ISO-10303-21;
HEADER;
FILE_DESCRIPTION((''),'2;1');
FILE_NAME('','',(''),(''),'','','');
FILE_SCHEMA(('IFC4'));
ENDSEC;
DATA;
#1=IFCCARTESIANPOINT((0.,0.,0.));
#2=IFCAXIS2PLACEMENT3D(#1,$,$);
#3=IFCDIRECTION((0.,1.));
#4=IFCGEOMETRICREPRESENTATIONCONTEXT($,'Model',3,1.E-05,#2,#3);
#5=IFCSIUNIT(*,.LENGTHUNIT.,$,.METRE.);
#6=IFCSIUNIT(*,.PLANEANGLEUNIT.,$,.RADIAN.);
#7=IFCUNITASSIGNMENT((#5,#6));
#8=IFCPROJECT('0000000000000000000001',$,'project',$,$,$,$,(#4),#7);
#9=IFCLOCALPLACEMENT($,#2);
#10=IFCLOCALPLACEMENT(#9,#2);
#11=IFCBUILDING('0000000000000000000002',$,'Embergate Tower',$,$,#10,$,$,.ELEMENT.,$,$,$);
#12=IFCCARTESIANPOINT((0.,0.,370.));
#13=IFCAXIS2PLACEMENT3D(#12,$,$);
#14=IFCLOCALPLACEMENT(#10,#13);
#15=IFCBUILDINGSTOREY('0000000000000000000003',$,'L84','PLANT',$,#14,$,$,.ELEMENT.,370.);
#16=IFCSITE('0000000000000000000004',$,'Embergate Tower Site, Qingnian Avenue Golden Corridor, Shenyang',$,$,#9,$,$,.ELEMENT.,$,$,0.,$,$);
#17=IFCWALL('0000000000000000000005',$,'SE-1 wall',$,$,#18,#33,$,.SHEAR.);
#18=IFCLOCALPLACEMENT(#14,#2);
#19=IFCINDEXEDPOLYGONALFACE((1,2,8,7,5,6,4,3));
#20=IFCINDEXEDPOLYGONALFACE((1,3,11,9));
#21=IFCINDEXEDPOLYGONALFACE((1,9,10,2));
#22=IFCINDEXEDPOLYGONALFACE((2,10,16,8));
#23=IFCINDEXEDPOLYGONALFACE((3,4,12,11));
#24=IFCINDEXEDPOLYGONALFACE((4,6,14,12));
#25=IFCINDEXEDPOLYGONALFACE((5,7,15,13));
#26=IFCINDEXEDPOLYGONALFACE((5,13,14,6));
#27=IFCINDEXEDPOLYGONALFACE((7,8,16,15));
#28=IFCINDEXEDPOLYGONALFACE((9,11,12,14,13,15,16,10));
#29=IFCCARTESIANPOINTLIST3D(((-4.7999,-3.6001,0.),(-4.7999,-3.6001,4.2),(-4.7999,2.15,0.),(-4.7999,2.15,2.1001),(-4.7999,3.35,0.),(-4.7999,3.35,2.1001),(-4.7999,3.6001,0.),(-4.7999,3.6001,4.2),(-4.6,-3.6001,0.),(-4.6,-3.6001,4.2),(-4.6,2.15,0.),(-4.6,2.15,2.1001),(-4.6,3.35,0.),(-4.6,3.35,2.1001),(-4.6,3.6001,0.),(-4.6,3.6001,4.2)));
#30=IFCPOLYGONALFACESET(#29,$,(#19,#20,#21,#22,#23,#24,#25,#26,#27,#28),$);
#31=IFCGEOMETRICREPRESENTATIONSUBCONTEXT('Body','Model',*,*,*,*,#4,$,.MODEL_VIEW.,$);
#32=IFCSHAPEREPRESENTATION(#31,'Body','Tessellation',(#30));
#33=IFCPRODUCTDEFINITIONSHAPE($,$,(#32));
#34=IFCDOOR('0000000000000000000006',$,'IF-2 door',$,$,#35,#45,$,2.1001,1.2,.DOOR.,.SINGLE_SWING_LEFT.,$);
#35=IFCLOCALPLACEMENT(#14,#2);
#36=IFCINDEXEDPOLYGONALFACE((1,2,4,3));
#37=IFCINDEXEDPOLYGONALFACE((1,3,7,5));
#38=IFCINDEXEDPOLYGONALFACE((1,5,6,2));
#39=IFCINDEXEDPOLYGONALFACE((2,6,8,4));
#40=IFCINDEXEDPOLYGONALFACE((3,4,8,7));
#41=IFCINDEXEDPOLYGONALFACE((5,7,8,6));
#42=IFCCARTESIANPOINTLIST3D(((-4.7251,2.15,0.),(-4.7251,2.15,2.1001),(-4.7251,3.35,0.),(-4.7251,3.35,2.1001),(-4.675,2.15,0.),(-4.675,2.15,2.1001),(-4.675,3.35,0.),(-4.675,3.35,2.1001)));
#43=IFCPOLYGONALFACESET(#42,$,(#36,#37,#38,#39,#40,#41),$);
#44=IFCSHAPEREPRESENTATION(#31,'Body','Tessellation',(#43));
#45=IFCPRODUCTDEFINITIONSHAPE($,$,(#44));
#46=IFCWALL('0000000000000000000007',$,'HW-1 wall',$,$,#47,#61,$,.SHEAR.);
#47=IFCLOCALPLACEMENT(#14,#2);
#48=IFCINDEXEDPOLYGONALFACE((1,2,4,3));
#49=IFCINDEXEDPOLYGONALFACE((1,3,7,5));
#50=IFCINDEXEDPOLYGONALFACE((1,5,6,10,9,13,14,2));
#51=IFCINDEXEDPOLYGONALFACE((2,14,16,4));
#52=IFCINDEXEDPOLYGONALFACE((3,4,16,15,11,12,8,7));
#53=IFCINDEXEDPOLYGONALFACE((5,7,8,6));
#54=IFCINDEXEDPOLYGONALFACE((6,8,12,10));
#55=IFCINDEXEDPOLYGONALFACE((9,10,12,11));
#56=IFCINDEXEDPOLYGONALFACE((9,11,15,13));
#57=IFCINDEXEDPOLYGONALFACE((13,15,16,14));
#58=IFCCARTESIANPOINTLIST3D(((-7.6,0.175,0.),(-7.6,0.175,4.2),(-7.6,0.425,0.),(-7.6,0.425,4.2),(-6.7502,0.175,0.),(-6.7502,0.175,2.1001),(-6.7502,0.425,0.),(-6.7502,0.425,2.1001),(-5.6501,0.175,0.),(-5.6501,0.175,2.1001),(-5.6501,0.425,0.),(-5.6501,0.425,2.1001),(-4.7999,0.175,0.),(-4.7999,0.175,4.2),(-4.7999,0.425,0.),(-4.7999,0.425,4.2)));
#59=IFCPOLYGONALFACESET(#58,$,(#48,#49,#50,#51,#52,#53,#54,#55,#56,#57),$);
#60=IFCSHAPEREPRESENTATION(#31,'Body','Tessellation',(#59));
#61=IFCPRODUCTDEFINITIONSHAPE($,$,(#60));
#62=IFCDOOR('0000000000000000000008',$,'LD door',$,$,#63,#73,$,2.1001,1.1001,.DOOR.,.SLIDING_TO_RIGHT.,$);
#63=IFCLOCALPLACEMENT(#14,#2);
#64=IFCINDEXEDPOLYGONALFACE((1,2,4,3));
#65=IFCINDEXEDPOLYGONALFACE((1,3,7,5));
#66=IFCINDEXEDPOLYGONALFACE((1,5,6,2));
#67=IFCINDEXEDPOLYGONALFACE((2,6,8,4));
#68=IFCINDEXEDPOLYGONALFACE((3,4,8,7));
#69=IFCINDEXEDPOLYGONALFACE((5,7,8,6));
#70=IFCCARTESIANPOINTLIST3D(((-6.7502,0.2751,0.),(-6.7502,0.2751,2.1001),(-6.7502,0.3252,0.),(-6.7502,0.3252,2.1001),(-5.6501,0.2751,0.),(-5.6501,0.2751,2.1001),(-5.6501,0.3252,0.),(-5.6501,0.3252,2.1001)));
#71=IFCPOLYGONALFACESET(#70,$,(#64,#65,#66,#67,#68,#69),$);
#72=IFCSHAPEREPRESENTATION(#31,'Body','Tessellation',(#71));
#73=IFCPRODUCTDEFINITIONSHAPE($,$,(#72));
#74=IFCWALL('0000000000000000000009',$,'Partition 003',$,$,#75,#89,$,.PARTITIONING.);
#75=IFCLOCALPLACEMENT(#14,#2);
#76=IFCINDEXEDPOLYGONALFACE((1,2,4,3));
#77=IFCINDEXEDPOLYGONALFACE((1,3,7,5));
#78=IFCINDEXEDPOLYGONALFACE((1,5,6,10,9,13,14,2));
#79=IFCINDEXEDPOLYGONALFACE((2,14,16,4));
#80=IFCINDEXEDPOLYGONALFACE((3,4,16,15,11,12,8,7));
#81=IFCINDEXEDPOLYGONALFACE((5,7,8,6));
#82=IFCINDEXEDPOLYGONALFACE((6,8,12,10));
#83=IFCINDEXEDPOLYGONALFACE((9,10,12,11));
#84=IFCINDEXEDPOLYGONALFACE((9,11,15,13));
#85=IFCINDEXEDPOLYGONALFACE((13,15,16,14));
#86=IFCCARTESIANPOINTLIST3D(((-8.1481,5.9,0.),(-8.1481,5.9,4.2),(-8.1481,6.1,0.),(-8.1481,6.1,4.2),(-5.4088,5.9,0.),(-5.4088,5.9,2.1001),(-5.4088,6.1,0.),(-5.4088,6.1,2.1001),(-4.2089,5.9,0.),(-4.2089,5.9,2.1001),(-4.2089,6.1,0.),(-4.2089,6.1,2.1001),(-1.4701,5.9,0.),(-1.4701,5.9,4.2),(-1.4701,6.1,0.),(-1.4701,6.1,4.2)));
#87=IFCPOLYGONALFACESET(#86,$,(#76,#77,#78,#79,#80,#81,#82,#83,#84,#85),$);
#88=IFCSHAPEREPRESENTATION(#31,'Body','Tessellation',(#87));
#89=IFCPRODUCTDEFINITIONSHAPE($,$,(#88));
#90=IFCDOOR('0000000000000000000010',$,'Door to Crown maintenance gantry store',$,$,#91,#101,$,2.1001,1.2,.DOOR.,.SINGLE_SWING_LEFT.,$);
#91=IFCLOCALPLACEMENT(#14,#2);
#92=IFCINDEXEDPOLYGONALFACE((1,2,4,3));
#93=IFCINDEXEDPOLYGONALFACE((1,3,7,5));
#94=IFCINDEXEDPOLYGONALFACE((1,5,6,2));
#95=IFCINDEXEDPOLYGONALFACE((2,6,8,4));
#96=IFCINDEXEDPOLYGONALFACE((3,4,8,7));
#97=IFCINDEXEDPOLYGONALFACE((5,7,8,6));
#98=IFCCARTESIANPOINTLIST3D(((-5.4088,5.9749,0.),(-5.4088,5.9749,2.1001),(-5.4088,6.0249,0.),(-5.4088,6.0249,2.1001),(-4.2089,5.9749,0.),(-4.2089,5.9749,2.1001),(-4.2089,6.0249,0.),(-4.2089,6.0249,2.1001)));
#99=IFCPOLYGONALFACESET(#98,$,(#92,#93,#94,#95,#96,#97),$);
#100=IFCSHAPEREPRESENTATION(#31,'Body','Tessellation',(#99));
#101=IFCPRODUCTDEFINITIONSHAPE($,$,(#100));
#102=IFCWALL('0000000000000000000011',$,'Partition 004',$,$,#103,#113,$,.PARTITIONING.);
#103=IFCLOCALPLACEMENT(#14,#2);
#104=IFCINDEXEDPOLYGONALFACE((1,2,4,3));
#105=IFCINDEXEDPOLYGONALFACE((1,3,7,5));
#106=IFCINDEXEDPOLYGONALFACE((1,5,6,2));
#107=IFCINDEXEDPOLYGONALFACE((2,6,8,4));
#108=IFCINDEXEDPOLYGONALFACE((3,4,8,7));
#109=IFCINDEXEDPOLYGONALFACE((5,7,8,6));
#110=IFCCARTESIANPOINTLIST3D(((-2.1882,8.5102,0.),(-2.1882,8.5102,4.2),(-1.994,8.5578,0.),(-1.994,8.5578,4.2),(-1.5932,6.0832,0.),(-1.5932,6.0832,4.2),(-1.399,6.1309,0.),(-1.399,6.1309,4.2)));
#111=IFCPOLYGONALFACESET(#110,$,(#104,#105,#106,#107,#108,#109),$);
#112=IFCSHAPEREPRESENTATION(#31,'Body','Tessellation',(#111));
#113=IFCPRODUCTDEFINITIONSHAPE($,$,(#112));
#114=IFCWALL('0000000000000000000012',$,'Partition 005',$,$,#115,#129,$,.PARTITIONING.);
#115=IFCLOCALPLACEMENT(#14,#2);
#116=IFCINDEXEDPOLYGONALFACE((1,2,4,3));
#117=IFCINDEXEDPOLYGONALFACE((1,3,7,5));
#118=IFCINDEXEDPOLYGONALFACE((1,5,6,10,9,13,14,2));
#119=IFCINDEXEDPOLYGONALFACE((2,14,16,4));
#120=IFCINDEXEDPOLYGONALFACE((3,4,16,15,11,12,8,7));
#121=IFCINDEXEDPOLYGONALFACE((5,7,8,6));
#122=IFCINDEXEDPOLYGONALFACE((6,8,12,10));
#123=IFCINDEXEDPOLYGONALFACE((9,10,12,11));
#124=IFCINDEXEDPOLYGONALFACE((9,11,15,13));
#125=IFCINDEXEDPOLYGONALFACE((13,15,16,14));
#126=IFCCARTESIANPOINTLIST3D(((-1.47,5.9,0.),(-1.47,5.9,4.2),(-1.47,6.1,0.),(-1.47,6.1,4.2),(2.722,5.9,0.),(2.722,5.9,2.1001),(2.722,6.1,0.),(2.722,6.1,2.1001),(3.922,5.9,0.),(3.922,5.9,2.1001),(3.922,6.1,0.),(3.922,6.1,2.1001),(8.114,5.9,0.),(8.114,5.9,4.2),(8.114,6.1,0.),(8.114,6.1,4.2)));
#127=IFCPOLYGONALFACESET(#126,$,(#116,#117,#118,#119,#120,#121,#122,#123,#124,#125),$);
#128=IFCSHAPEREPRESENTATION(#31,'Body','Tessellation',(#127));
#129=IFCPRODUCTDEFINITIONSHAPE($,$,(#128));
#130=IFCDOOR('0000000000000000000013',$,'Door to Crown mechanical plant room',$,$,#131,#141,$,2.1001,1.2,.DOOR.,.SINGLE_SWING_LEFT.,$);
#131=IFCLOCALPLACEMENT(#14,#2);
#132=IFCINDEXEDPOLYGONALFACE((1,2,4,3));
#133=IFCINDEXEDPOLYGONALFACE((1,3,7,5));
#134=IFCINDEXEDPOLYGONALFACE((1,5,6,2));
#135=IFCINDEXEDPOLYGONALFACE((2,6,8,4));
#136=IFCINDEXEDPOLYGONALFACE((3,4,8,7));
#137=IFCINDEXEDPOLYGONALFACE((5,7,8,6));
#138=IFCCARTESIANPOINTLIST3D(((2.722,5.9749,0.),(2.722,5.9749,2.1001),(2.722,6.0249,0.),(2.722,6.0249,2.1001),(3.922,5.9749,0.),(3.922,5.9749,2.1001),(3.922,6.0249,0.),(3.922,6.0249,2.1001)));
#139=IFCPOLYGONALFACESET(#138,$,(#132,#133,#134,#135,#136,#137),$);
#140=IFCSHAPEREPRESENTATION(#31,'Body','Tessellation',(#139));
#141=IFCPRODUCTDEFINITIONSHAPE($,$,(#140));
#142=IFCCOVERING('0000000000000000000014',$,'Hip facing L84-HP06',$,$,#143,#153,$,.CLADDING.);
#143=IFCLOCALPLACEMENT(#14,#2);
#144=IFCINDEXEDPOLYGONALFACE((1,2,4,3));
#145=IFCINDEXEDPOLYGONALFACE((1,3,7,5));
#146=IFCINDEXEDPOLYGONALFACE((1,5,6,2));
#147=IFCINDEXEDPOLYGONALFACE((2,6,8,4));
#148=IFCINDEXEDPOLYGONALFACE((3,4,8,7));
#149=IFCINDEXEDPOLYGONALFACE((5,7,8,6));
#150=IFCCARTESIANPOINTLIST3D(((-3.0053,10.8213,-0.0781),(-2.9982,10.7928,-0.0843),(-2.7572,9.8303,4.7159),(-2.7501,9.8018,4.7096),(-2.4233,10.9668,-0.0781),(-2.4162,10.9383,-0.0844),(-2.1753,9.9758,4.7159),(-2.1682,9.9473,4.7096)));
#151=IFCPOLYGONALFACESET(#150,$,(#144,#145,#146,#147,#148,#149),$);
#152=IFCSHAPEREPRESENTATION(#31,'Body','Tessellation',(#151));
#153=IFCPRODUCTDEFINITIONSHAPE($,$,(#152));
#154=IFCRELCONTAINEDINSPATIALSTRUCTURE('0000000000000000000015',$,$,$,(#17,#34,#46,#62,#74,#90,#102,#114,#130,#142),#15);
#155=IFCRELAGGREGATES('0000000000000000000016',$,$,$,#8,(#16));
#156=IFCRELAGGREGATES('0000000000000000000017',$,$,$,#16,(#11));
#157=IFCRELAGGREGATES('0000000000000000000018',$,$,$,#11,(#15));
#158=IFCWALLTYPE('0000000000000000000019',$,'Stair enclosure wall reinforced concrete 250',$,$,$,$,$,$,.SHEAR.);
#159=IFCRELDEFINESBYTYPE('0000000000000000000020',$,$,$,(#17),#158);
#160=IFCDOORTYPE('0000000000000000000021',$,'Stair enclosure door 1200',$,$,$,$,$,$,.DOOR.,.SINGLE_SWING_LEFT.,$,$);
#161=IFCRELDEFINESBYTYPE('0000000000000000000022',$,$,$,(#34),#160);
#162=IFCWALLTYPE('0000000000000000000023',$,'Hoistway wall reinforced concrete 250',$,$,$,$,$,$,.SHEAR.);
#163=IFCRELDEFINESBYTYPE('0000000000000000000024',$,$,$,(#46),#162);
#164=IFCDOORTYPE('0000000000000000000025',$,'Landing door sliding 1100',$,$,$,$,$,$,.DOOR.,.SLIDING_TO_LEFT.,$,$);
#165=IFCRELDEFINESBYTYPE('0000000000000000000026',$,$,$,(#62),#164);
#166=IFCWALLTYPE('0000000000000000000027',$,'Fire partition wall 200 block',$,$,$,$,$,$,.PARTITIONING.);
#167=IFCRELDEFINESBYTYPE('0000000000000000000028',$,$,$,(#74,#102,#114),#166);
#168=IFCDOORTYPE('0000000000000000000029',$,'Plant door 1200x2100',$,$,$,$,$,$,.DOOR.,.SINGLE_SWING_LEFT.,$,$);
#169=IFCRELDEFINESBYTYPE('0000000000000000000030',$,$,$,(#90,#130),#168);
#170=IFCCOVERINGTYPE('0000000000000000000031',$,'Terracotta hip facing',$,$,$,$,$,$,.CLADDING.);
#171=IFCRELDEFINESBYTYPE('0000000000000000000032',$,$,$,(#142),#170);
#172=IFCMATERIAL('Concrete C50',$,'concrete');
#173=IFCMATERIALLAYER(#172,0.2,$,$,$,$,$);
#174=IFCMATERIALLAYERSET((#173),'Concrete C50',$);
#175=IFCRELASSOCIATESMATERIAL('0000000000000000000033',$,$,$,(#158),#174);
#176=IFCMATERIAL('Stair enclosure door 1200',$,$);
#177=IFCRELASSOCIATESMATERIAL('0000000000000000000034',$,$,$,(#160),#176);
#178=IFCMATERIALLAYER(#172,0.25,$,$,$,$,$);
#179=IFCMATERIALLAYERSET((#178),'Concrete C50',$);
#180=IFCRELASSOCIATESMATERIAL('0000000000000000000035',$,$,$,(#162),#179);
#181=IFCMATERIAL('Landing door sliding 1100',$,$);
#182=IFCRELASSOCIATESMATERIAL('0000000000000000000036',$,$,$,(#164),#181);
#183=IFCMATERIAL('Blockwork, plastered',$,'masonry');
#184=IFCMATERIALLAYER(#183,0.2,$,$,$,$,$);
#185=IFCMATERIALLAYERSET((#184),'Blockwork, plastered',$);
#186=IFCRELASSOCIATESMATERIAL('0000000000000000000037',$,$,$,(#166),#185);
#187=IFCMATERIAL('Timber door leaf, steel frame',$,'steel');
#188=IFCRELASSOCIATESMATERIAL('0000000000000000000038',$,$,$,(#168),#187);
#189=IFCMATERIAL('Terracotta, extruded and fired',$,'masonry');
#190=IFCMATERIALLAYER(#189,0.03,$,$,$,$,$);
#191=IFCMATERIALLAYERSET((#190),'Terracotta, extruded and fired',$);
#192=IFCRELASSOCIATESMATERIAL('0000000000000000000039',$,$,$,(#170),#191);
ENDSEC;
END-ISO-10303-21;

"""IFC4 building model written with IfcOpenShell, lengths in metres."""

from ifc_helpers import new_model, si_unit, direction, frame, frame_2d, origin, place, context, subcontext, project, spatial, polyline, rectangle, outline, extrude, source, transform, mapped, material, layer, layer_set, type_object, element, fill, save


model = new_model("IFC4")

# Units and contexts
model_context = context("Model", 3, precision=1e-05, world=origin(), true_north=direction((0.0, 1.0)))
body_context = subcontext(model_context, "Body", "Model", "MODEL_VIEW")
ifc_project = project(units=[si_unit("LENGTHUNIT", "METRE"), si_unit("PLANEANGLEUNIT", "RADIAN")], contexts=[model_context])

# Site, building, storey
site_placement = place(None, origin())
site = spatial("IfcSite", under=ifc_project, at=site_placement, Name="Embergate Tower Site, Qingnian Avenue Golden Corridor, Shenyang", CompositionType="ELEMENT", RefElevation=0.0)
building_placement = place(site_placement, origin())
building = spatial("IfcBuilding", under=site, at=building_placement, Name="Embergate Tower", CompositionType="ELEMENT")
storey_placement = place(building_placement, frame((0.0, 0.0, 370.0)))
storey = spatial("IfcBuildingStorey", under=building, at=storey_placement, Name="L84", Description="PLANT", CompositionType="ELEMENT", Elevation=370.0)

# Shared definitions
ifc_material_1 = material(Name="Concrete C50", Category="concrete")
shared_shape_1 = source(origin(), body_context, "Body", "SweptSolid", [
    extrude(rectangle(XDim=1.2, YDim=2.1001, at=frame_2d((0.6001, 1.05))), frame((0.0, 0.0249, 0.0), z_axis=(0.0, -1.0, 0.0), x_axis=(1.0, 0.0, 0.0)), (0.0, 0.0, 1.0), 0.05),
])

# Walls, openings, doors
ifc_layer_1 = layer(ifc_material_1, 0.2)
ifc_layer_set_1 = layer_set([ifc_layer_1], Name="Concrete C50")
wall_type_1 = type_object("IfcWallType", Name="Stair enclosure wall reinforced concrete 250", PredefinedType="SHEAR", material=ifc_layer_set_1)
shared_shape_2 = source(origin(), body_context, "Body", "SweptSolid", [
    extrude(rectangle(XDim=7.2002, YDim=0.2, at=frame_2d((3.6001, 0.0))), origin(), (0.0, 0.0, 1.0), 4.2),
])
wall_1_placement = place(storey_placement, frame((-4.7, 3.6001, 0.0), z_axis=(0.0, 0.0, 1.0), x_axis=(0.0, -1.0, 0.0)))
wall_1 = element("IfcWall", 1, at=wall_1_placement, inside=storey, type_object=wall_type_1, Name="SE-1 wall", PredefinedType="SHEAR", context=body_context, shape_type="MappedRepresentation", body=[
    mapped(shared_shape_2, transform((0.0, 0.0, 0.0))),
])
shared_shape_3 = source(origin(), body_context, "Body", "SweptSolid", [
    extrude(rectangle(XDim=1.2, YDim=2.1001, at=frame_2d((0.6001, 1.05))), frame((0.0, 0.1099, 0.0), z_axis=(0.0, -1.0, 0.0), x_axis=(1.0, 0.0, 0.0)), (0.0, 0.0, 1.0), 0.22),
])
opening_1_placement = place(wall_1_placement, frame((0.25, 0.0, 0.0)))
opening_1 = element("IfcOpeningElement", 2, at=opening_1_placement, cuts=wall_1, PredefinedType="OPENING", context=body_context, shape_type="MappedRepresentation", body=[
    mapped(shared_shape_3, transform((0.0, 0.0, 0.0))),
])
ifc_material_2 = material(Name="Stair enclosure door 1200")
door_type_1 = type_object("IfcDoorType", Name="Stair enclosure door 1200", OperationType="SINGLE_SWING_LEFT", PredefinedType="DOOR", material=ifc_material_2)
door_1_placement = place(opening_1_placement, origin())
door_1 = element("IfcDoor", 3, at=door_1_placement, inside=storey, type_object=door_type_1, Name="IF-2 door", OperationType="SINGLE_SWING_LEFT", OverallHeight=2.1001, OverallWidth=1.2, PredefinedType="DOOR", context=body_context, shape_type="MappedRepresentation", body=[
    mapped(shared_shape_1, transform((0.0, 0.0, 0.0))),
])
fill(opening_1, door_1)
ifc_layer_2 = layer(ifc_material_1, 0.25)
ifc_layer_set_2 = layer_set([ifc_layer_2], Name="Concrete C50")
wall_type_2 = type_object("IfcWallType", Name="Hoistway wall reinforced concrete 250", PredefinedType="SHEAR", material=ifc_layer_set_2)
shared_shape_4 = source(origin(), body_context, "Body", "SweptSolid", [
    extrude(rectangle(XDim=2.8, YDim=0.25, at=frame_2d((1.3999, 0.0))), origin(), (0.0, 0.0, 1.0), 4.2),
])
wall_2_placement = place(storey_placement, frame((-4.8, 0.3, 0.0), z_axis=(0.0, 0.0, 1.0), x_axis=(-1.0, 0.0, 0.0)))
wall_2 = element("IfcWall", 4, at=wall_2_placement, inside=storey, type_object=wall_type_2, Name="HW-1 wall", PredefinedType="SHEAR", context=body_context, shape_type="MappedRepresentation", body=[
    mapped(shared_shape_4, transform((0.0, 0.0, 0.0))),
])
shared_shape_5 = source(origin(), body_context, "Body", "SweptSolid", [
    extrude(rectangle(XDim=1.1001, YDim=2.1001, at=frame_2d((0.55, 1.05))), frame((0.0, 0.135, 0.0), z_axis=(0.0, -1.0, 0.0), x_axis=(1.0, 0.0, 0.0)), (0.0, 0.0, 1.0), 0.27),
])
opening_2_placement = place(wall_2_placement, frame((0.8501, 0.0, 0.0)))
opening_2 = element("IfcOpeningElement", 5, at=opening_2_placement, cuts=wall_2, PredefinedType="OPENING", context=body_context, shape_type="MappedRepresentation", body=[
    mapped(shared_shape_5, transform((0.0, 0.0, 0.0))),
])
ifc_material_3 = material(Name="Landing door sliding 1100")
door_type_2 = type_object("IfcDoorType", Name="Landing door sliding 1100", OperationType="SLIDING_TO_LEFT", PredefinedType="DOOR", material=ifc_material_3)
shared_shape_6 = source(origin(), body_context, "Body", "SweptSolid", [
    extrude(rectangle(XDim=1.1001, YDim=2.1001, at=frame_2d((0.55, 1.05))), frame((0.0, 0.0249, 0.0), z_axis=(0.0, -1.0, 0.0), x_axis=(1.0, 0.0, 0.0)), (0.0, 0.0, 1.0), 0.05),
])
door_2_placement = place(opening_2_placement, origin())
door_2 = element("IfcDoor", 6, at=door_2_placement, inside=storey, type_object=door_type_2, Name="LD door", OperationType="SLIDING_TO_RIGHT", OverallHeight=2.1001, OverallWidth=1.1001, PredefinedType="DOOR", context=body_context, shape_type="MappedRepresentation", body=[
    mapped(shared_shape_6, transform((0.0, 0.0, 0.0))),
])
fill(opening_2, door_2)
ifc_material_4 = material(Name="Blockwork, plastered", Category="masonry")
ifc_layer_3 = layer(ifc_material_4, 0.2)
ifc_layer_set_3 = layer_set([ifc_layer_3], Name="Blockwork, plastered")
wall_type_3 = type_object("IfcWallType", Name="Fire partition wall 200 block", PredefinedType="PARTITIONING", material=ifc_layer_set_3)
shared_shape_7 = source(origin(), body_context, "Body", "SweptSolid", [
    extrude(rectangle(XDim=6.678, YDim=0.2, at=frame_2d((3.3389, 0.0))), origin(), (0.0, 0.0, 1.0), 4.2),
])
wall_3_placement = place(storey_placement, frame((-8.1479, 6.0, 0.0), z_axis=(0.0, 0.0, 1.0), x_axis=(1.0, 0.0, 0.0)))
wall_3 = element("IfcWall", 7, at=wall_3_placement, inside=storey, type_object=wall_type_3, Name="Partition 003", PredefinedType="PARTITIONING", context=body_context, shape_type="MappedRepresentation", body=[
    mapped(shared_shape_7, transform((0.0, 0.0, 0.0))),
])
opening_3_placement = place(wall_3_placement, frame((2.739, 0.0, 0.0)))
opening_3 = element("IfcOpeningElement", 8, at=opening_3_placement, cuts=wall_3, PredefinedType="OPENING", context=body_context, shape_type="MappedRepresentation", body=[
    mapped(shared_shape_3, transform((0.0, 0.0, 0.0))),
])
ifc_material_5 = material(Name="Timber door leaf, steel frame", Category="steel")
door_type_3 = type_object("IfcDoorType", Name="Plant door 1200x2100", OperationType="SINGLE_SWING_LEFT", PredefinedType="DOOR", material=ifc_material_5)
shared_shape_8 = source(origin(), body_context, "Body", "SweptSolid", [
    extrude(rectangle(XDim=1.2, YDim=2.1001, at=frame_2d((0.6001, 1.05))), frame((0.0, 0.0249, 0.0), z_axis=(0.0, -1.0, 0.0), x_axis=(1.0, 0.0, 0.0)), (0.0, 0.0, 1.0), 0.05),
])
door_3_placement = place(opening_3_placement, origin())
door_3 = element("IfcDoor", 9, at=door_3_placement, inside=storey, type_object=door_type_3, Name="Door to Crown maintenance gantry store", OperationType="SINGLE_SWING_LEFT", OverallHeight=2.1001, OverallWidth=1.2, PredefinedType="DOOR", context=body_context, shape_type="MappedRepresentation", body=[
    mapped(shared_shape_8, transform((0.0, 0.0, 0.0))),
])
fill(opening_3, door_3)

# Wall
shared_shape_9 = source(origin(), body_context, "Body", "SweptSolid", [
    extrude(rectangle(XDim=2.4988, YDim=0.2, at=frame_2d((1.2495, 0.0))), origin(), (0.0, 0.0, 1.0), 4.2),
])
wall_4_placement = place(storey_placement, frame((-1.4961, 6.1069, 0.0), z_axis=(0.0, 0.0, 1.0), x_axis=(-0.238096, 0.971242, 0.0)))
element("IfcWall", 10, at=wall_4_placement, inside=storey, type_object=wall_type_3, Name="Partition 004", PredefinedType="PARTITIONING", context=body_context, shape_type="MappedRepresentation", body=[
    mapped(shared_shape_9, transform((0.0, 0.0, 0.0))),
])

# Wall, opening, door
shared_shape_10 = source(origin(), body_context, "Body", "SweptSolid", [
    extrude(rectangle(XDim=9.584, YDim=0.2, at=frame_2d((4.792, 0.0))), origin(), (0.0, 0.0, 1.0), 4.2),
])
wall_5_placement = place(storey_placement, frame((-1.47, 6.0, 0.0), z_axis=(0.0, 0.0, 1.0), x_axis=(1.0, 0.0, 0.0)))
wall_5 = element("IfcWall", 11, at=wall_5_placement, inside=storey, type_object=wall_type_3, Name="Partition 005", PredefinedType="PARTITIONING", context=body_context, shape_type="MappedRepresentation", body=[
    mapped(shared_shape_10, transform((0.0, 0.0, 0.0))),
])
opening_4_placement = place(wall_5_placement, frame((4.1919, 0.0, 0.0)))
opening_4 = element("IfcOpeningElement", 12, at=opening_4_placement, cuts=wall_5, PredefinedType="OPENING", context=body_context, shape_type="MappedRepresentation", body=[
    mapped(shared_shape_3, transform((0.0, 0.0, 0.0))),
])
door_4_placement = place(opening_4_placement, origin())
door_4 = element("IfcDoor", 13, at=door_4_placement, inside=storey, type_object=door_type_3, Name="Door to Crown mechanical plant room", OperationType="SINGLE_SWING_LEFT", OverallHeight=2.1001, OverallWidth=1.2, PredefinedType="DOOR", context=body_context, shape_type="MappedRepresentation", body=[
    mapped(shared_shape_8, transform((0.0, 0.0, 0.0))),
])
fill(opening_4, door_4)

# Covering
ifc_material_6 = material(Name="Terracotta, extruded and fired", Category="masonry")
ifc_layer_4 = layer(ifc_material_6, 0.03)
ifc_layer_set_4 = layer_set([ifc_layer_4], Name="Terracotta, extruded and fired")
covering_type = type_object("IfcCoveringType", Name="Terracotta hip facing", PredefinedType="CLADDING", material=ifc_layer_set_4)
shared_shape_11 = source(origin(), body_context, "Body", "SweptSolid", [
    extrude(outline(polyline([(0.0, 0.0), (4.9016, 0.0), (4.9016, -0.5999), (0.0, -0.5999), (0.0, 0.0)])), origin(), (0.0, 0.0, -1.0), 0.03),
])
covering_1_placement = place(storey_placement, frame((-2.4233, 10.9668, -0.0781), z_axis=(-0.23721, 0.94884, 0.20841), x_axis=(0.050606, -0.202173, 0.978041)))
element("IfcCovering", 14, at=covering_1_placement, inside=storey, type_object=covering_type, Name="Hip facing L84-HP06", PredefinedType="CLADDING", context=body_context, shape_type="MappedRepresentation", body=[
    mapped(shared_shape_11, transform((0.0, 0.0, 0.0))),
])

save(model, "model.ifc")
